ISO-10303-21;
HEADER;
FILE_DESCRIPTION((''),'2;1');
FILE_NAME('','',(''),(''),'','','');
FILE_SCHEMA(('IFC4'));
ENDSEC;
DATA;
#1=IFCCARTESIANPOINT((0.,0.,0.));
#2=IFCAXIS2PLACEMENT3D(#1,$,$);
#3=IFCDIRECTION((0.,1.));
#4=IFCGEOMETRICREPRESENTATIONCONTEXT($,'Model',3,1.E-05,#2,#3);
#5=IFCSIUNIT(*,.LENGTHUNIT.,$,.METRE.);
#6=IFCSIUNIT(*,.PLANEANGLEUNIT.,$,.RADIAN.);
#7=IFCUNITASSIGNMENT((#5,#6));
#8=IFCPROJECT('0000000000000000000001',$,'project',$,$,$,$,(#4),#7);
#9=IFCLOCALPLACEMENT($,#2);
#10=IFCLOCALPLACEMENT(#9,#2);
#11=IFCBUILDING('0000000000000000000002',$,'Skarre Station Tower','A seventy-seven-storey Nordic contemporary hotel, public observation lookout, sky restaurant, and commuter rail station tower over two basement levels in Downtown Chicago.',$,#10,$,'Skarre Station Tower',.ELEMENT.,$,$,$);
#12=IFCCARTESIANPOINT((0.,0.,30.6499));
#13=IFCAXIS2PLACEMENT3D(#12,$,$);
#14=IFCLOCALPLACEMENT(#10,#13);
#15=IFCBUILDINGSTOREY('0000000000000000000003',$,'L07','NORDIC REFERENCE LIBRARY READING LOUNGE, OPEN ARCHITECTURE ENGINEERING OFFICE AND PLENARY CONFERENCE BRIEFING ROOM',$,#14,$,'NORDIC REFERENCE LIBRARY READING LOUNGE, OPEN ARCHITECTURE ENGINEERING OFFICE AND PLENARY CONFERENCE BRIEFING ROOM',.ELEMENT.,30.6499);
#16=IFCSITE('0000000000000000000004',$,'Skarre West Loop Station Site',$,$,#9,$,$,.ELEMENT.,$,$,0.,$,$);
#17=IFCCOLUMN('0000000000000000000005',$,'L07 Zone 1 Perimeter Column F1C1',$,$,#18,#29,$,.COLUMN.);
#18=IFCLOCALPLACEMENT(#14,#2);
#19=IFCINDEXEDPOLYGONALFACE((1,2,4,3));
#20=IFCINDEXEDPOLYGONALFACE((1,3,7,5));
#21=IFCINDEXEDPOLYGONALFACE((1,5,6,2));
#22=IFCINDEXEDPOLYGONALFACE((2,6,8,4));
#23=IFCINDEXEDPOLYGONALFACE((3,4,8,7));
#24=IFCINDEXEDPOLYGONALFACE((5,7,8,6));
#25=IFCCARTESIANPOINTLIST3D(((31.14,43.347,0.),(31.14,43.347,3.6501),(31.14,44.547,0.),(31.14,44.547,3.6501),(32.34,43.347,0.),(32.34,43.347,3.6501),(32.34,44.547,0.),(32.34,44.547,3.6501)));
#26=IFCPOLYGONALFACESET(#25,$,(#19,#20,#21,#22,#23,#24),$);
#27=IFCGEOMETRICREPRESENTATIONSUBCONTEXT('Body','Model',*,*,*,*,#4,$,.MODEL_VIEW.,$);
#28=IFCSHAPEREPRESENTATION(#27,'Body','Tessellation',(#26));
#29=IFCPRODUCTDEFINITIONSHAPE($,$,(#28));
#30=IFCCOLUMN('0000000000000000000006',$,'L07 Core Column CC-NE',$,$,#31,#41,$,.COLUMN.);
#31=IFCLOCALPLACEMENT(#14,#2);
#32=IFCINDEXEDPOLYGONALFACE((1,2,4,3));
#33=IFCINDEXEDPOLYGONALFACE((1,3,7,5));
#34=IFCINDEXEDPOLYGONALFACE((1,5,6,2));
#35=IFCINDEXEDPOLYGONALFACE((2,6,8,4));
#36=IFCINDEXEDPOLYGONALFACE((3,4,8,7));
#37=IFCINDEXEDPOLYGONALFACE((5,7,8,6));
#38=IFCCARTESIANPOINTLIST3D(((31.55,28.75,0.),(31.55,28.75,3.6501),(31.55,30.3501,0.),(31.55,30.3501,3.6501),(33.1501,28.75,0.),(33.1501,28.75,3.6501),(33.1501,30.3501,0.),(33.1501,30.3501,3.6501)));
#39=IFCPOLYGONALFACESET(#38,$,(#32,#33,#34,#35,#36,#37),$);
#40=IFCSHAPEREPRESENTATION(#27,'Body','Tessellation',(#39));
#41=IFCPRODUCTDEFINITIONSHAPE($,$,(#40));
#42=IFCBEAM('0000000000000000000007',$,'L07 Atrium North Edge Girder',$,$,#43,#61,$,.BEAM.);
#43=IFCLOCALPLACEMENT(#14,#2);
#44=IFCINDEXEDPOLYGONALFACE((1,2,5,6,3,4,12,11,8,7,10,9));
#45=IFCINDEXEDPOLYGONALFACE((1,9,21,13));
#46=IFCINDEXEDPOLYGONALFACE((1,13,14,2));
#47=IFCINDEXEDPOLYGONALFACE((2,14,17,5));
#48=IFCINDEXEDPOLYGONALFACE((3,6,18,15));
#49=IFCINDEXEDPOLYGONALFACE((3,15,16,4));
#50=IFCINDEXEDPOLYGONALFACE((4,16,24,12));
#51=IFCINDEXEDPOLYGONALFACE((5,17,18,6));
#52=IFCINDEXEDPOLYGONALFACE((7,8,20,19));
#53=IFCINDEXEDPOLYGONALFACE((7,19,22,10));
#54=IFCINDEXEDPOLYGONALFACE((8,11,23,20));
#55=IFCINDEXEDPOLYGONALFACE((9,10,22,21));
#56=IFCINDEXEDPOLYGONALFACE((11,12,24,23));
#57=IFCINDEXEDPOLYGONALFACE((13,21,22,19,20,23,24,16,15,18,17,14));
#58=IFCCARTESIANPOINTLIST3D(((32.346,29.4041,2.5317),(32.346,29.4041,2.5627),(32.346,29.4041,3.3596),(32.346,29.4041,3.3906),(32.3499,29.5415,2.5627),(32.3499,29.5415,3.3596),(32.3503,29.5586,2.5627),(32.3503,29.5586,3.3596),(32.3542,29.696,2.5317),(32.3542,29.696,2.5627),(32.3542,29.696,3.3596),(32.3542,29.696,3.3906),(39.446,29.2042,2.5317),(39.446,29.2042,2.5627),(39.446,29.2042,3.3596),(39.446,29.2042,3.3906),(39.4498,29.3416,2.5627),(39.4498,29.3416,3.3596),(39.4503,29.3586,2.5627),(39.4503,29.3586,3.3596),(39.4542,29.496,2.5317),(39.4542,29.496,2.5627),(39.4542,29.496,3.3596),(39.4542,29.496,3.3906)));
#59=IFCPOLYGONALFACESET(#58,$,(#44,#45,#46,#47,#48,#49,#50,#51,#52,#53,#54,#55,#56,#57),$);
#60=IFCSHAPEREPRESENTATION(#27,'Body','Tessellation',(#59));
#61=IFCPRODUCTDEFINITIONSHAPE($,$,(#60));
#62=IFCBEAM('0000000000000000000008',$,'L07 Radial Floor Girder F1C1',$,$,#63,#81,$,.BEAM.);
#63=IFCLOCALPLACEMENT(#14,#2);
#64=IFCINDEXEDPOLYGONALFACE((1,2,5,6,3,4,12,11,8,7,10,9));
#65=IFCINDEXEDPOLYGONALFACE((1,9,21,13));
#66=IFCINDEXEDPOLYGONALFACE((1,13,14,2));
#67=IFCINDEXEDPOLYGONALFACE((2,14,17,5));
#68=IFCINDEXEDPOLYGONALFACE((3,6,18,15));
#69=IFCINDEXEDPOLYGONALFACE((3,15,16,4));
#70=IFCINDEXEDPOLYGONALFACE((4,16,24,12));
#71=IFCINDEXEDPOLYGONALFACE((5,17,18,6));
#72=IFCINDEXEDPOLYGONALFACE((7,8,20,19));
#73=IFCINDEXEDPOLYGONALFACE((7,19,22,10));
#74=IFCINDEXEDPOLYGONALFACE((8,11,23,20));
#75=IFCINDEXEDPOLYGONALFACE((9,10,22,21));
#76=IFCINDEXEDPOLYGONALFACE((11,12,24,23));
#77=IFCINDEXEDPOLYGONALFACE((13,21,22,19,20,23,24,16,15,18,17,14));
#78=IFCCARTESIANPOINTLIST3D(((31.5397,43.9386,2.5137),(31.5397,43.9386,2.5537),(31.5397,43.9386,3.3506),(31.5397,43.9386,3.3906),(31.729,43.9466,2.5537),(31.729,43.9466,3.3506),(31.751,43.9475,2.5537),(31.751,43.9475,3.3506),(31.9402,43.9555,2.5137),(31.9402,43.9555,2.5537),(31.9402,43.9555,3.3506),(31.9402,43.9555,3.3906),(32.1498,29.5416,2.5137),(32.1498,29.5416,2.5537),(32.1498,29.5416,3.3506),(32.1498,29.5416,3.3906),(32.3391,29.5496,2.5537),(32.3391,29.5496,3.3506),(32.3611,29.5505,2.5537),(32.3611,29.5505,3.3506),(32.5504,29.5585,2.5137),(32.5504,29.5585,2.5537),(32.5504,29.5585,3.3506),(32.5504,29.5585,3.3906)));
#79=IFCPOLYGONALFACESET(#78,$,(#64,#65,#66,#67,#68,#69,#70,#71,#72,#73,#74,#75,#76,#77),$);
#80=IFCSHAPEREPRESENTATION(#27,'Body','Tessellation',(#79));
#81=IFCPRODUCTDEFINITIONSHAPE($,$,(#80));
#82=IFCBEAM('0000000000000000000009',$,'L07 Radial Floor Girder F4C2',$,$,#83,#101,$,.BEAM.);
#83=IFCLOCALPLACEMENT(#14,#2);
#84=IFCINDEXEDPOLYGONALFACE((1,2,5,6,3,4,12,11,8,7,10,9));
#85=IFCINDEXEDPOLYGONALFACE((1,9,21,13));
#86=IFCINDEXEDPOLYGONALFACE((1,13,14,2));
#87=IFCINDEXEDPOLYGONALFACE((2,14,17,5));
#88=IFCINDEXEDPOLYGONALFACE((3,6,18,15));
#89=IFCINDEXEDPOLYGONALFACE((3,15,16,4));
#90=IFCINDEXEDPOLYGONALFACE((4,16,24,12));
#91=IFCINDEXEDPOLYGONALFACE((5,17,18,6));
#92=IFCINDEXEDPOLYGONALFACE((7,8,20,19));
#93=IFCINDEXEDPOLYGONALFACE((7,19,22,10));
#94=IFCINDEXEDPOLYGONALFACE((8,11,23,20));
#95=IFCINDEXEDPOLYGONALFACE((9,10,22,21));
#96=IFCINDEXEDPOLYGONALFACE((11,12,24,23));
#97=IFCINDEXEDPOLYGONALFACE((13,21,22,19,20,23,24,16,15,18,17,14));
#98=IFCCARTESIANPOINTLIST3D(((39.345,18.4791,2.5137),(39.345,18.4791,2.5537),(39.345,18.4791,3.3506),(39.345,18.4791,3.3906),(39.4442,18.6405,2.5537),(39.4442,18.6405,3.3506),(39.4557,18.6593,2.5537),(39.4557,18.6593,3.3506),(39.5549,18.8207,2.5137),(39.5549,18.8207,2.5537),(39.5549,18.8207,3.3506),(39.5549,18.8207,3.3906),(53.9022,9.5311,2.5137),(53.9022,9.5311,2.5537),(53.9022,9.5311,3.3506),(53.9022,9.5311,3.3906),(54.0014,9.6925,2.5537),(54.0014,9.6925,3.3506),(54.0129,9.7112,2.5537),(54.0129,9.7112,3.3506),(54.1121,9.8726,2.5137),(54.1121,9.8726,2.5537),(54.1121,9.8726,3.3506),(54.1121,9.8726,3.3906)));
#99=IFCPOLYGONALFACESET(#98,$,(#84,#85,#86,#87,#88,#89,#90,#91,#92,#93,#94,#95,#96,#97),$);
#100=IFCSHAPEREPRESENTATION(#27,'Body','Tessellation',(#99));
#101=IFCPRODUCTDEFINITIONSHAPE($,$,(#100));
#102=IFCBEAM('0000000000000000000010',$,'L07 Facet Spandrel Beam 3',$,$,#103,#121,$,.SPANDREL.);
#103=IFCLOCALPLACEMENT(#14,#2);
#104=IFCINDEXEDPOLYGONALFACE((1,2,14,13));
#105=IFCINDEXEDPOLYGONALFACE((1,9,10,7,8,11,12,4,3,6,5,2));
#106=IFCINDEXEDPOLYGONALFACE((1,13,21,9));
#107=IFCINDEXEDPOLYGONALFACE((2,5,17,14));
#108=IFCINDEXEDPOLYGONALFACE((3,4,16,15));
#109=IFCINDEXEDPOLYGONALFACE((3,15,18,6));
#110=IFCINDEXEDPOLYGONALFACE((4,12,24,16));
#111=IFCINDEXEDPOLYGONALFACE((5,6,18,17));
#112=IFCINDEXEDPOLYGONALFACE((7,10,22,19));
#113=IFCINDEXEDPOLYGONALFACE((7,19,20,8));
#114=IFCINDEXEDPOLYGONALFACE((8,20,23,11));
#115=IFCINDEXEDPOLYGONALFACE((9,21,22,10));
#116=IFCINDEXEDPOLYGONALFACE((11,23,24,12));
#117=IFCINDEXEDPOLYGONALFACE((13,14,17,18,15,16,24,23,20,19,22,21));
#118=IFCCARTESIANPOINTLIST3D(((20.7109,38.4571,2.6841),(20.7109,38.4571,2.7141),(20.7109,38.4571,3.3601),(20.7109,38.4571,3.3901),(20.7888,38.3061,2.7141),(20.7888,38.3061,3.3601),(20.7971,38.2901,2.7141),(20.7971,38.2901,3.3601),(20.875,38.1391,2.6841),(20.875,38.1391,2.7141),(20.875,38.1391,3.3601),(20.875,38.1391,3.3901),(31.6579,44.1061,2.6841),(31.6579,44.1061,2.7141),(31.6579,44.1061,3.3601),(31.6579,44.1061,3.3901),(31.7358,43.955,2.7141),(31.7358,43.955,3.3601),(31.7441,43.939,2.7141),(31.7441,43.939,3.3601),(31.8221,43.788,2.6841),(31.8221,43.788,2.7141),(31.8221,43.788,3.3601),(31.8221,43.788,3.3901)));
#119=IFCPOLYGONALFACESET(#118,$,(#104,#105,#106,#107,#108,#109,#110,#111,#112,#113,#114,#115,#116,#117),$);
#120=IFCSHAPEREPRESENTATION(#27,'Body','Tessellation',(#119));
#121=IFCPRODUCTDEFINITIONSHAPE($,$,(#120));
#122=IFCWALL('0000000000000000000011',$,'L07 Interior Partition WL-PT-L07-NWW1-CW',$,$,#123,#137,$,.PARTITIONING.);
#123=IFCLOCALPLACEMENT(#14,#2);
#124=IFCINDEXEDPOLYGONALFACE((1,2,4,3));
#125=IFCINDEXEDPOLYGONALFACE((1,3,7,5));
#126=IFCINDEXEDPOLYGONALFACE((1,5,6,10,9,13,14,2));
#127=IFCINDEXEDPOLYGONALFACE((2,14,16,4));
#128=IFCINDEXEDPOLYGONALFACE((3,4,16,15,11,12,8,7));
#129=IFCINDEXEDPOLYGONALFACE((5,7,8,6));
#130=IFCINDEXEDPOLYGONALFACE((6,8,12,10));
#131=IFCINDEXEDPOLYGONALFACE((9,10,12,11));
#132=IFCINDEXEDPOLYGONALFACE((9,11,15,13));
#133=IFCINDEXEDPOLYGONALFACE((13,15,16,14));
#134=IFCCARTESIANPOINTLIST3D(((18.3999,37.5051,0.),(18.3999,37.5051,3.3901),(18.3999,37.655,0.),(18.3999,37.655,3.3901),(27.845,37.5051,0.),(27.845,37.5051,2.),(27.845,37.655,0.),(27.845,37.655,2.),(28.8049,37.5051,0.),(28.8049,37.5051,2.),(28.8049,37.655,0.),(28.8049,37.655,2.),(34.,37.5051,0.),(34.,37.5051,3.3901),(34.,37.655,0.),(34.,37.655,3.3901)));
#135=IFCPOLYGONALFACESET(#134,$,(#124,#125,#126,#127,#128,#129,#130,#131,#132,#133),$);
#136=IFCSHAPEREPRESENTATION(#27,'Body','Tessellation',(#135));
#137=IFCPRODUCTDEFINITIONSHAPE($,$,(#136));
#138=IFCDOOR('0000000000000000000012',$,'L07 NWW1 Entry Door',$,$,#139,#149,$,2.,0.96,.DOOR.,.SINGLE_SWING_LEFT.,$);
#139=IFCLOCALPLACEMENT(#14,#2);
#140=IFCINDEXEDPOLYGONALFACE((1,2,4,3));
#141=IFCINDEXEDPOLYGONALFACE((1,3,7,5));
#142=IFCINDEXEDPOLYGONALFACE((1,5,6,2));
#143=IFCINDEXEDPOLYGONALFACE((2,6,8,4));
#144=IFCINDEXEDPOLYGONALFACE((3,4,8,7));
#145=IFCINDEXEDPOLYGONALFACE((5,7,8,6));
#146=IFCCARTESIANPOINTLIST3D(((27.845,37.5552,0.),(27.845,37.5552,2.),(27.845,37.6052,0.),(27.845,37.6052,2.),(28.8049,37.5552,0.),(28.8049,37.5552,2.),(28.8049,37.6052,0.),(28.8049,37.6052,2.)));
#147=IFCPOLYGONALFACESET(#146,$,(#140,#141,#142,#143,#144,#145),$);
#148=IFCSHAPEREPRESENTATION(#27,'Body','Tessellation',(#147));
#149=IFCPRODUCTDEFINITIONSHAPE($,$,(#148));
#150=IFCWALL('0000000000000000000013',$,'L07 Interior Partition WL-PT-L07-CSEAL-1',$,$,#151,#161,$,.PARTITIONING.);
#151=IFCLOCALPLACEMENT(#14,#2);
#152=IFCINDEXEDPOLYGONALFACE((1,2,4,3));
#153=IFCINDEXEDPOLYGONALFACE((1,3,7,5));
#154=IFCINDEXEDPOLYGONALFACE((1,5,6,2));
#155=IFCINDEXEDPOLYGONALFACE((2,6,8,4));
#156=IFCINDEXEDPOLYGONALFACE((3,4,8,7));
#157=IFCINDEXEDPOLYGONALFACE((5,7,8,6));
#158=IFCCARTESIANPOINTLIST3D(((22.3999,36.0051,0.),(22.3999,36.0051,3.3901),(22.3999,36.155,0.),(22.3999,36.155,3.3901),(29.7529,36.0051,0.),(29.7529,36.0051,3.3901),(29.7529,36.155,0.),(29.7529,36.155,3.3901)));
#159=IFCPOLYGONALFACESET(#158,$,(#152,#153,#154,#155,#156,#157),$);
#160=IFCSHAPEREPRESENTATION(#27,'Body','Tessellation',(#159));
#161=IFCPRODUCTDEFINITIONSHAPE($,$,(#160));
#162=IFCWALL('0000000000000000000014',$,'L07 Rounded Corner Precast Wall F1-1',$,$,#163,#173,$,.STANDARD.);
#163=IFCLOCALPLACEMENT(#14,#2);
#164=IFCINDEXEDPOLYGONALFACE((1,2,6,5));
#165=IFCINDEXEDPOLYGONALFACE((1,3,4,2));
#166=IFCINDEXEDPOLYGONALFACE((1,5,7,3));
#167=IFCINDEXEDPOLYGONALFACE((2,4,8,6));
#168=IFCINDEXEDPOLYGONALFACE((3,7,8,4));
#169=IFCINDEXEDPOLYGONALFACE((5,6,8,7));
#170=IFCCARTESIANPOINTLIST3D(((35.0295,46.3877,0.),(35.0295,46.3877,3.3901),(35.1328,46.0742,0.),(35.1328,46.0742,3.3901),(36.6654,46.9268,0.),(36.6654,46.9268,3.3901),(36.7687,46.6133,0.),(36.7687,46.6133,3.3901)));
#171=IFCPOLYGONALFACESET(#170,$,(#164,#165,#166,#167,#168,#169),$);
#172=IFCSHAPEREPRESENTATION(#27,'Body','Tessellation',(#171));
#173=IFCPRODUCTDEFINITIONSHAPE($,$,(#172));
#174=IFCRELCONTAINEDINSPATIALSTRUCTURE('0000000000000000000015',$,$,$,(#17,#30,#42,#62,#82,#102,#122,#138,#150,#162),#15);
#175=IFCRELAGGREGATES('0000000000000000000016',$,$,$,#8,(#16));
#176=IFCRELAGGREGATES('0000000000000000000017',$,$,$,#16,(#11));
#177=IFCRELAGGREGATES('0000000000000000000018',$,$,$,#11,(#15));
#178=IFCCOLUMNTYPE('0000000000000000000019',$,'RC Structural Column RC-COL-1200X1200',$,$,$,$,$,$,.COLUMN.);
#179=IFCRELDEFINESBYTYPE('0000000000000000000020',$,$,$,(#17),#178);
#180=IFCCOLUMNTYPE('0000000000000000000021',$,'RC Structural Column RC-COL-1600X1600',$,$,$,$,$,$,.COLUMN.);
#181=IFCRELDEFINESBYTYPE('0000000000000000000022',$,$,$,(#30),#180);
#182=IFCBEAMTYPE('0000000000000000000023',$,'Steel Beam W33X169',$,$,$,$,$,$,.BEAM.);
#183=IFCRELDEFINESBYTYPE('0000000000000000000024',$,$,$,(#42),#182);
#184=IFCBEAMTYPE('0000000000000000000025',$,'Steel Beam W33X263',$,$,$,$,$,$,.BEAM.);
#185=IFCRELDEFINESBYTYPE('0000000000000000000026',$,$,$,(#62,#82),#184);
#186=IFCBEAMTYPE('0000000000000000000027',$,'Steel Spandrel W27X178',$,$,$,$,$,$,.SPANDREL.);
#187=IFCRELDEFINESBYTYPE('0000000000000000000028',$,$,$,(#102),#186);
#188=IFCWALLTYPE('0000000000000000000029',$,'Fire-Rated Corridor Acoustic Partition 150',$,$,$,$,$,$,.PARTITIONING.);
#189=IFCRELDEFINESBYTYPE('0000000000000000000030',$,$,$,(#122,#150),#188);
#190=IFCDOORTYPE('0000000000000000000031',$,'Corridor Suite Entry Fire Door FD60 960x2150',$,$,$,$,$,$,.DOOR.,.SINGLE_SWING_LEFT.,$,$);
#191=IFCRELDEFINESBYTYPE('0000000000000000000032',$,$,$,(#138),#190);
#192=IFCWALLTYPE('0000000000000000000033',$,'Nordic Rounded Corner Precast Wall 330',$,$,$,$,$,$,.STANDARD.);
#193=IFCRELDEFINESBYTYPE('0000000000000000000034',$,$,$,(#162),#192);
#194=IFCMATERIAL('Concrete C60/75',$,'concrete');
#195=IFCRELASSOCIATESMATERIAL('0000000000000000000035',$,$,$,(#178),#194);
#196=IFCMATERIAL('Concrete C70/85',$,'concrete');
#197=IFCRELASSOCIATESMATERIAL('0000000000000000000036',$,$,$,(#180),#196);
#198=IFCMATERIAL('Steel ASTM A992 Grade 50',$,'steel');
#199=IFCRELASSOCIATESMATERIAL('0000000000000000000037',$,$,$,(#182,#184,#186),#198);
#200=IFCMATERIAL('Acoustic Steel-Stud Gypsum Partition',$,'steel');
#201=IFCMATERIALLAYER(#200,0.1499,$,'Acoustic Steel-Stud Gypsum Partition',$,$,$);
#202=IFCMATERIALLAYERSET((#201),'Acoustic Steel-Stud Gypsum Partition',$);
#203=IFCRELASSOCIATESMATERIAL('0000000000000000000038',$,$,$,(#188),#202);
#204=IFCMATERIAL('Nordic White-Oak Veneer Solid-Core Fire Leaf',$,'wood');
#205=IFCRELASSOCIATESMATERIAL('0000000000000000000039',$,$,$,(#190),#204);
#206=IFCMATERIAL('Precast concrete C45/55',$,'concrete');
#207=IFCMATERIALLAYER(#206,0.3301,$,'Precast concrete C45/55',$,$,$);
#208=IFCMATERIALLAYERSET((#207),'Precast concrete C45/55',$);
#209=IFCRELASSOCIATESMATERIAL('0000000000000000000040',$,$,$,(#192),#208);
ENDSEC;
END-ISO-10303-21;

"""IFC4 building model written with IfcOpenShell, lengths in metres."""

from ifc_helpers import new_model, si_unit, direction, frame, frame_2d, origin, origin_2d, place, context, subcontext, project, spatial, rectangle, i_section, extrude, material, layer, layer_set, material_profile, profile_set, type_object, element, fill, save


model = new_model("IFC4")

# Units and contexts
model_context = context("Model", 3, precision=1e-05, world=origin(), true_north=direction((0.0, 1.0)))
body_context = subcontext(model_context, "Body", "Model", "MODEL_VIEW")
ifc_project = project(units=[si_unit("LENGTHUNIT", "METRE"), si_unit("PLANEANGLEUNIT", "RADIAN")], contexts=[model_context])

# Site, building, storey
site_placement = place(None, origin())
site = spatial("IfcSite", under=ifc_project, at=site_placement, Name="Skarre West Loop Station Site", CompositionType="ELEMENT", RefElevation=0.0)
building_placement = place(site_placement, origin())
building = spatial("IfcBuilding", under=site, at=building_placement, Name="Skarre Station Tower", Description="A seventy-seven-storey Nordic contemporary hotel, public observation lookout, sky restaurant, and commuter rail station tower over two basement levels in Downtown Chicago.", LongName="Skarre Station Tower", CompositionType="ELEMENT")
storey_placement = place(building_placement, frame((0.0, 0.0, 30.6499)))
storey = spatial("IfcBuildingStorey", under=building, at=storey_placement, Name="L07", Description="NORDIC REFERENCE LIBRARY READING LOUNGE, OPEN ARCHITECTURE ENGINEERING OFFICE AND PLENARY CONFERENCE BRIEFING ROOM", LongName="NORDIC REFERENCE LIBRARY READING LOUNGE, OPEN ARCHITECTURE ENGINEERING OFFICE AND PLENARY CONFERENCE BRIEFING ROOM", CompositionType="ELEMENT", Elevation=30.6499)

# Columns
ifc_material_1 = material(Name="Concrete C60/75", Category="concrete")
ifc_material_profile_1 = material_profile(ifc_material_1, rectangle(XDim=1.2, YDim=1.2, at=origin_2d()), Name="Concrete C60/75")
ifc_profile_set_1 = profile_set([ifc_material_profile_1], Name="Concrete C60/75")
column_type_1 = type_object("IfcColumnType", Name="RC Structural Column RC-COL-1200X1200", PredefinedType="COLUMN", material=ifc_profile_set_1)
column_1_placement = place(storey_placement, frame((31.74, 43.947, 0.0), z_axis=(0.0, 0.0, 1.0), x_axis=(1.0, 0.0, 0.0)))
element("IfcColumn", 1, at=column_1_placement, inside=storey, type_object=column_type_1, Name="L07 Zone 1 Perimeter Column F1C1", PredefinedType="COLUMN", context=body_context, shape_type="SweptSolid", body=[
    extrude(rectangle(XDim=1.2, YDim=1.2, at=origin_2d()), origin(), (0.0, 0.0, 1.0), 3.6501),
])
ifc_material_2 = material(Name="Concrete C70/85", Category="concrete")
ifc_material_profile_2 = material_profile(ifc_material_2, rectangle(XDim=1.6001, YDim=1.6001, at=origin_2d()), Name="Concrete C70/85")
ifc_profile_set_2 = profile_set([ifc_material_profile_2], Name="Concrete C70/85")
column_type_2 = type_object("IfcColumnType", Name="RC Structural Column RC-COL-1600X1600", PredefinedType="COLUMN", material=ifc_profile_set_2)
column_2_placement = place(storey_placement, frame((32.3501, 29.55, 0.0), z_axis=(0.0, 0.0, 1.0), x_axis=(1.0, 0.0, 0.0)))
element("IfcColumn", 2, at=column_2_placement, inside=storey, type_object=column_type_2, Name="L07 Core Column CC-NE", PredefinedType="COLUMN", context=body_context, shape_type="SweptSolid", body=[
    extrude(rectangle(XDim=1.6001, YDim=1.6001, at=origin_2d()), origin(), (0.0, 0.0, 1.0), 3.6501),
])

# Beams
ifc_material_3 = material(Name="Steel ASTM A992 Grade 50", Category="steel")
ifc_material_profile_3 = material_profile(ifc_material_3, i_section(OverallWidth=0.292, OverallDepth=0.8589, WebThickness=0.0171, FlangeThickness=0.031, at=origin_2d()), Name="Steel ASTM A992 Grade 50")
ifc_profile_set_3 = profile_set([ifc_material_profile_3], Name="Steel ASTM A992 Grade 50")
beam_type_1 = type_object("IfcBeamType", Name="Steel Beam W33X169", PredefinedType="BEAM", material=ifc_profile_set_3)
beam_1_placement = place(storey_placement, frame((32.3501, 29.55, 2.9612), z_axis=(0.999604, -0.028152, 0.0), x_axis=(0.028152, 0.999604, 0.0)))
element("IfcBeam", 3, at=beam_1_placement, inside=storey, type_object=beam_type_1, Name="L07 Atrium North Edge Girder", PredefinedType="BEAM", context=body_context, shape_type="SweptSolid", body=[
    extrude(i_section(OverallWidth=0.292, OverallDepth=0.8589, WebThickness=0.0171, FlangeThickness=0.031, at=origin_2d()), origin(), (0.0, 0.0, 1.0), 7.1028),
])
ifc_material_profile_4 = material_profile(ifc_material_3, i_section(OverallWidth=0.4009, OverallDepth=0.877, WebThickness=0.022, FlangeThickness=0.04, at=origin_2d()), Name="Steel ASTM A992 Grade 50")
ifc_profile_set_4 = profile_set([ifc_material_profile_4], Name="Steel ASTM A992 Grade 50")
beam_type_2 = type_object("IfcBeamType", Name="Steel Beam W33X263", PredefinedType="BEAM", material=ifc_profile_set_4)
beam_2_placement = place(storey_placement, frame((32.3501, 29.55, 2.9521), z_axis=(-0.042339, 0.999103, 0.0), x_axis=(-0.999103, -0.042339, 0.0)))
element("IfcBeam", 4, at=beam_2_placement, inside=storey, type_object=beam_type_2, Name="L07 Radial Floor Girder F1C1", PredefinedType="BEAM", context=body_context, shape_type="SweptSolid", body=[
    extrude(i_section(OverallWidth=0.4009, OverallDepth=0.877, WebThickness=0.022, FlangeThickness=0.04, at=origin_2d()), origin(), (0.0, 0.0, 1.0), 14.4099),
])
beam_3_placement = place(storey_placement, frame((39.45, 18.6499, 2.9521), z_axis=(0.851926, -0.523663, 0.0), x_axis=(0.523663, 0.851926, 0.0)))
element("IfcBeam", 5, at=beam_3_placement, inside=storey, type_object=beam_type_2, Name="L07 Radial Floor Girder F4C2", PredefinedType="BEAM", context=body_context, shape_type="SweptSolid", body=[
    extrude(i_section(OverallWidth=0.4009, OverallDepth=0.877, WebThickness=0.022, FlangeThickness=0.04, at=origin_2d()), origin(), (0.0, 0.0, 1.0), 17.0874),
])
ifc_material_profile_5 = material_profile(ifc_material_3, i_section(OverallWidth=0.3579, OverallDepth=0.7061, WebThickness=0.0181, FlangeThickness=0.03, at=origin_2d()), Name="Steel ASTM A992 Grade 50")
ifc_profile_set_5 = profile_set([ifc_material_profile_5], Name="Steel ASTM A992 Grade 50")
beam_type_3 = type_object("IfcBeamType", Name="Steel Spandrel W27X178", PredefinedType="SPANDREL", material=ifc_profile_set_5)
beam_4_placement = place(storey_placement, frame((31.74, 43.947, 3.0371), z_axis=(-0.888659, -0.458569, 0.0), x_axis=(0.458569, -0.888659, 0.0)))
element("IfcBeam", 6, at=beam_4_placement, inside=storey, type_object=beam_type_3, Name="L07 Facet Spandrel Beam 3", PredefinedType="SPANDREL", context=body_context, shape_type="SweptSolid", body=[
    extrude(i_section(OverallWidth=0.3579, OverallDepth=0.7061, WebThickness=0.0181, FlangeThickness=0.03, at=origin_2d()), origin(), (0.0, 0.0, 1.0), 12.3186),
])

# Wall, opening, door
ifc_material_4 = material(Name="Acoustic Steel-Stud Gypsum Partition", Category="steel")
ifc_layer_1 = layer(ifc_material_4, 0.1499, Name="Acoustic Steel-Stud Gypsum Partition")
ifc_layer_set_1 = layer_set([ifc_layer_1], Name="Acoustic Steel-Stud Gypsum Partition")
wall_type_1 = type_object("IfcWallType", Name="Fire-Rated Corridor Acoustic Partition 150", PredefinedType="PARTITIONING", material=ifc_layer_set_1)
wall_1_placement = place(storey_placement, frame((34.0, 37.5801, 0.0), z_axis=(0.0, 0.0, 1.0), x_axis=(-1.0, 0.0, 0.0)))
wall_1 = element("IfcWall", 7, at=wall_1_placement, inside=storey, type_object=wall_type_1, Name="L07 Interior Partition WL-PT-L07-NWW1-CW", PredefinedType="PARTITIONING", context=body_context, shape_type="SweptSolid", body=[
    extrude(rectangle(XDim=15.6001, YDim=0.1499, at=frame_2d((7.8, 0.0))), origin(), (0.0, 0.0, 1.0), 3.3901),
])
opening_1_placement = place(wall_1_placement, frame((5.1951, 0.0, 0.0)))
opening_1 = element("IfcOpeningElement", 8, at=opening_1_placement, cuts=wall_1, PredefinedType="OPENING", context=body_context, shape_type="SweptSolid", body=[
    extrude(rectangle(XDim=0.96, YDim=2.0, at=frame_2d((0.48, 1.0))), frame((0.0, 0.085, 0.0), z_axis=(0.0, -1.0, 0.0), x_axis=(1.0, 0.0, 0.0)), (0.0, 0.0, 1.0), 0.1699),
])
ifc_material_5 = material(Name="Nordic White-Oak Veneer Solid-Core Fire Leaf", Category="wood")
door_type = type_object("IfcDoorType", Name="Corridor Suite Entry Fire Door FD60 960x2150", OperationType="SINGLE_SWING_LEFT", PredefinedType="DOOR", material=ifc_material_5)
door_placement = place(opening_1_placement, origin())
door = element("IfcDoor", 9, at=door_placement, inside=storey, type_object=door_type, Name="L07 NWW1 Entry Door", OperationType="SINGLE_SWING_LEFT", OverallHeight=2.0, OverallWidth=0.96, PredefinedType="DOOR", context=body_context, shape_type="SweptSolid", body=[
    extrude(rectangle(XDim=0.96, YDim=2.0, at=frame_2d((0.48, 1.0))), frame((0.0, 0.0249, 0.0), z_axis=(0.0, -1.0, 0.0), x_axis=(1.0, 0.0, 0.0)), (0.0, 0.0, 1.0), 0.05),
])
fill(opening_1, door)

# Walls
wall_2_placement = place(storey_placement, frame((29.7529, 36.0801, 0.0), z_axis=(0.0, 0.0, 1.0), x_axis=(-1.0, 0.0, 0.0)))
element("IfcWall", 10, at=wall_2_placement, inside=storey, type_object=wall_type_1, Name="L07 Interior Partition WL-PT-L07-CSEAL-1", PredefinedType="PARTITIONING", context=body_context, shape_type="SweptSolid", body=[
    extrude(rectangle(XDim=7.353, YDim=0.1499, at=frame_2d((3.6765, 0.0))), origin(), (0.0, 0.0, 1.0), 3.3901),
])
ifc_material_6 = material(Name="Precast concrete C45/55", Category="concrete")
ifc_layer_2 = layer(ifc_material_6, 0.3301, Name="Precast concrete C45/55")
ifc_layer_set_2 = layer_set([ifc_layer_2], Name="Precast concrete C45/55")
wall_type_2 = type_object("IfcWallType", Name="Nordic Rounded Corner Precast Wall 330", PredefinedType="STANDARD", material=ifc_layer_set_2)
wall_3_placement = place(storey_placement, frame((35.0811, 46.231, 0.0), z_axis=(0.0, 0.0, 1.0), x_axis=(0.949769, 0.312952, 0.0)))
element("IfcWall", 11, at=wall_3_placement, inside=storey, type_object=wall_type_2, Name="L07 Rounded Corner Precast Wall F1-1", PredefinedType="STANDARD", context=body_context, shape_type="SweptSolid", body=[
    extrude(rectangle(XDim=1.7224, YDim=0.3301, at=frame_2d((0.8613, 0.0))), origin(), (0.0, 0.0, 1.0), 3.3901),
])

save(model, "model.ifc")
